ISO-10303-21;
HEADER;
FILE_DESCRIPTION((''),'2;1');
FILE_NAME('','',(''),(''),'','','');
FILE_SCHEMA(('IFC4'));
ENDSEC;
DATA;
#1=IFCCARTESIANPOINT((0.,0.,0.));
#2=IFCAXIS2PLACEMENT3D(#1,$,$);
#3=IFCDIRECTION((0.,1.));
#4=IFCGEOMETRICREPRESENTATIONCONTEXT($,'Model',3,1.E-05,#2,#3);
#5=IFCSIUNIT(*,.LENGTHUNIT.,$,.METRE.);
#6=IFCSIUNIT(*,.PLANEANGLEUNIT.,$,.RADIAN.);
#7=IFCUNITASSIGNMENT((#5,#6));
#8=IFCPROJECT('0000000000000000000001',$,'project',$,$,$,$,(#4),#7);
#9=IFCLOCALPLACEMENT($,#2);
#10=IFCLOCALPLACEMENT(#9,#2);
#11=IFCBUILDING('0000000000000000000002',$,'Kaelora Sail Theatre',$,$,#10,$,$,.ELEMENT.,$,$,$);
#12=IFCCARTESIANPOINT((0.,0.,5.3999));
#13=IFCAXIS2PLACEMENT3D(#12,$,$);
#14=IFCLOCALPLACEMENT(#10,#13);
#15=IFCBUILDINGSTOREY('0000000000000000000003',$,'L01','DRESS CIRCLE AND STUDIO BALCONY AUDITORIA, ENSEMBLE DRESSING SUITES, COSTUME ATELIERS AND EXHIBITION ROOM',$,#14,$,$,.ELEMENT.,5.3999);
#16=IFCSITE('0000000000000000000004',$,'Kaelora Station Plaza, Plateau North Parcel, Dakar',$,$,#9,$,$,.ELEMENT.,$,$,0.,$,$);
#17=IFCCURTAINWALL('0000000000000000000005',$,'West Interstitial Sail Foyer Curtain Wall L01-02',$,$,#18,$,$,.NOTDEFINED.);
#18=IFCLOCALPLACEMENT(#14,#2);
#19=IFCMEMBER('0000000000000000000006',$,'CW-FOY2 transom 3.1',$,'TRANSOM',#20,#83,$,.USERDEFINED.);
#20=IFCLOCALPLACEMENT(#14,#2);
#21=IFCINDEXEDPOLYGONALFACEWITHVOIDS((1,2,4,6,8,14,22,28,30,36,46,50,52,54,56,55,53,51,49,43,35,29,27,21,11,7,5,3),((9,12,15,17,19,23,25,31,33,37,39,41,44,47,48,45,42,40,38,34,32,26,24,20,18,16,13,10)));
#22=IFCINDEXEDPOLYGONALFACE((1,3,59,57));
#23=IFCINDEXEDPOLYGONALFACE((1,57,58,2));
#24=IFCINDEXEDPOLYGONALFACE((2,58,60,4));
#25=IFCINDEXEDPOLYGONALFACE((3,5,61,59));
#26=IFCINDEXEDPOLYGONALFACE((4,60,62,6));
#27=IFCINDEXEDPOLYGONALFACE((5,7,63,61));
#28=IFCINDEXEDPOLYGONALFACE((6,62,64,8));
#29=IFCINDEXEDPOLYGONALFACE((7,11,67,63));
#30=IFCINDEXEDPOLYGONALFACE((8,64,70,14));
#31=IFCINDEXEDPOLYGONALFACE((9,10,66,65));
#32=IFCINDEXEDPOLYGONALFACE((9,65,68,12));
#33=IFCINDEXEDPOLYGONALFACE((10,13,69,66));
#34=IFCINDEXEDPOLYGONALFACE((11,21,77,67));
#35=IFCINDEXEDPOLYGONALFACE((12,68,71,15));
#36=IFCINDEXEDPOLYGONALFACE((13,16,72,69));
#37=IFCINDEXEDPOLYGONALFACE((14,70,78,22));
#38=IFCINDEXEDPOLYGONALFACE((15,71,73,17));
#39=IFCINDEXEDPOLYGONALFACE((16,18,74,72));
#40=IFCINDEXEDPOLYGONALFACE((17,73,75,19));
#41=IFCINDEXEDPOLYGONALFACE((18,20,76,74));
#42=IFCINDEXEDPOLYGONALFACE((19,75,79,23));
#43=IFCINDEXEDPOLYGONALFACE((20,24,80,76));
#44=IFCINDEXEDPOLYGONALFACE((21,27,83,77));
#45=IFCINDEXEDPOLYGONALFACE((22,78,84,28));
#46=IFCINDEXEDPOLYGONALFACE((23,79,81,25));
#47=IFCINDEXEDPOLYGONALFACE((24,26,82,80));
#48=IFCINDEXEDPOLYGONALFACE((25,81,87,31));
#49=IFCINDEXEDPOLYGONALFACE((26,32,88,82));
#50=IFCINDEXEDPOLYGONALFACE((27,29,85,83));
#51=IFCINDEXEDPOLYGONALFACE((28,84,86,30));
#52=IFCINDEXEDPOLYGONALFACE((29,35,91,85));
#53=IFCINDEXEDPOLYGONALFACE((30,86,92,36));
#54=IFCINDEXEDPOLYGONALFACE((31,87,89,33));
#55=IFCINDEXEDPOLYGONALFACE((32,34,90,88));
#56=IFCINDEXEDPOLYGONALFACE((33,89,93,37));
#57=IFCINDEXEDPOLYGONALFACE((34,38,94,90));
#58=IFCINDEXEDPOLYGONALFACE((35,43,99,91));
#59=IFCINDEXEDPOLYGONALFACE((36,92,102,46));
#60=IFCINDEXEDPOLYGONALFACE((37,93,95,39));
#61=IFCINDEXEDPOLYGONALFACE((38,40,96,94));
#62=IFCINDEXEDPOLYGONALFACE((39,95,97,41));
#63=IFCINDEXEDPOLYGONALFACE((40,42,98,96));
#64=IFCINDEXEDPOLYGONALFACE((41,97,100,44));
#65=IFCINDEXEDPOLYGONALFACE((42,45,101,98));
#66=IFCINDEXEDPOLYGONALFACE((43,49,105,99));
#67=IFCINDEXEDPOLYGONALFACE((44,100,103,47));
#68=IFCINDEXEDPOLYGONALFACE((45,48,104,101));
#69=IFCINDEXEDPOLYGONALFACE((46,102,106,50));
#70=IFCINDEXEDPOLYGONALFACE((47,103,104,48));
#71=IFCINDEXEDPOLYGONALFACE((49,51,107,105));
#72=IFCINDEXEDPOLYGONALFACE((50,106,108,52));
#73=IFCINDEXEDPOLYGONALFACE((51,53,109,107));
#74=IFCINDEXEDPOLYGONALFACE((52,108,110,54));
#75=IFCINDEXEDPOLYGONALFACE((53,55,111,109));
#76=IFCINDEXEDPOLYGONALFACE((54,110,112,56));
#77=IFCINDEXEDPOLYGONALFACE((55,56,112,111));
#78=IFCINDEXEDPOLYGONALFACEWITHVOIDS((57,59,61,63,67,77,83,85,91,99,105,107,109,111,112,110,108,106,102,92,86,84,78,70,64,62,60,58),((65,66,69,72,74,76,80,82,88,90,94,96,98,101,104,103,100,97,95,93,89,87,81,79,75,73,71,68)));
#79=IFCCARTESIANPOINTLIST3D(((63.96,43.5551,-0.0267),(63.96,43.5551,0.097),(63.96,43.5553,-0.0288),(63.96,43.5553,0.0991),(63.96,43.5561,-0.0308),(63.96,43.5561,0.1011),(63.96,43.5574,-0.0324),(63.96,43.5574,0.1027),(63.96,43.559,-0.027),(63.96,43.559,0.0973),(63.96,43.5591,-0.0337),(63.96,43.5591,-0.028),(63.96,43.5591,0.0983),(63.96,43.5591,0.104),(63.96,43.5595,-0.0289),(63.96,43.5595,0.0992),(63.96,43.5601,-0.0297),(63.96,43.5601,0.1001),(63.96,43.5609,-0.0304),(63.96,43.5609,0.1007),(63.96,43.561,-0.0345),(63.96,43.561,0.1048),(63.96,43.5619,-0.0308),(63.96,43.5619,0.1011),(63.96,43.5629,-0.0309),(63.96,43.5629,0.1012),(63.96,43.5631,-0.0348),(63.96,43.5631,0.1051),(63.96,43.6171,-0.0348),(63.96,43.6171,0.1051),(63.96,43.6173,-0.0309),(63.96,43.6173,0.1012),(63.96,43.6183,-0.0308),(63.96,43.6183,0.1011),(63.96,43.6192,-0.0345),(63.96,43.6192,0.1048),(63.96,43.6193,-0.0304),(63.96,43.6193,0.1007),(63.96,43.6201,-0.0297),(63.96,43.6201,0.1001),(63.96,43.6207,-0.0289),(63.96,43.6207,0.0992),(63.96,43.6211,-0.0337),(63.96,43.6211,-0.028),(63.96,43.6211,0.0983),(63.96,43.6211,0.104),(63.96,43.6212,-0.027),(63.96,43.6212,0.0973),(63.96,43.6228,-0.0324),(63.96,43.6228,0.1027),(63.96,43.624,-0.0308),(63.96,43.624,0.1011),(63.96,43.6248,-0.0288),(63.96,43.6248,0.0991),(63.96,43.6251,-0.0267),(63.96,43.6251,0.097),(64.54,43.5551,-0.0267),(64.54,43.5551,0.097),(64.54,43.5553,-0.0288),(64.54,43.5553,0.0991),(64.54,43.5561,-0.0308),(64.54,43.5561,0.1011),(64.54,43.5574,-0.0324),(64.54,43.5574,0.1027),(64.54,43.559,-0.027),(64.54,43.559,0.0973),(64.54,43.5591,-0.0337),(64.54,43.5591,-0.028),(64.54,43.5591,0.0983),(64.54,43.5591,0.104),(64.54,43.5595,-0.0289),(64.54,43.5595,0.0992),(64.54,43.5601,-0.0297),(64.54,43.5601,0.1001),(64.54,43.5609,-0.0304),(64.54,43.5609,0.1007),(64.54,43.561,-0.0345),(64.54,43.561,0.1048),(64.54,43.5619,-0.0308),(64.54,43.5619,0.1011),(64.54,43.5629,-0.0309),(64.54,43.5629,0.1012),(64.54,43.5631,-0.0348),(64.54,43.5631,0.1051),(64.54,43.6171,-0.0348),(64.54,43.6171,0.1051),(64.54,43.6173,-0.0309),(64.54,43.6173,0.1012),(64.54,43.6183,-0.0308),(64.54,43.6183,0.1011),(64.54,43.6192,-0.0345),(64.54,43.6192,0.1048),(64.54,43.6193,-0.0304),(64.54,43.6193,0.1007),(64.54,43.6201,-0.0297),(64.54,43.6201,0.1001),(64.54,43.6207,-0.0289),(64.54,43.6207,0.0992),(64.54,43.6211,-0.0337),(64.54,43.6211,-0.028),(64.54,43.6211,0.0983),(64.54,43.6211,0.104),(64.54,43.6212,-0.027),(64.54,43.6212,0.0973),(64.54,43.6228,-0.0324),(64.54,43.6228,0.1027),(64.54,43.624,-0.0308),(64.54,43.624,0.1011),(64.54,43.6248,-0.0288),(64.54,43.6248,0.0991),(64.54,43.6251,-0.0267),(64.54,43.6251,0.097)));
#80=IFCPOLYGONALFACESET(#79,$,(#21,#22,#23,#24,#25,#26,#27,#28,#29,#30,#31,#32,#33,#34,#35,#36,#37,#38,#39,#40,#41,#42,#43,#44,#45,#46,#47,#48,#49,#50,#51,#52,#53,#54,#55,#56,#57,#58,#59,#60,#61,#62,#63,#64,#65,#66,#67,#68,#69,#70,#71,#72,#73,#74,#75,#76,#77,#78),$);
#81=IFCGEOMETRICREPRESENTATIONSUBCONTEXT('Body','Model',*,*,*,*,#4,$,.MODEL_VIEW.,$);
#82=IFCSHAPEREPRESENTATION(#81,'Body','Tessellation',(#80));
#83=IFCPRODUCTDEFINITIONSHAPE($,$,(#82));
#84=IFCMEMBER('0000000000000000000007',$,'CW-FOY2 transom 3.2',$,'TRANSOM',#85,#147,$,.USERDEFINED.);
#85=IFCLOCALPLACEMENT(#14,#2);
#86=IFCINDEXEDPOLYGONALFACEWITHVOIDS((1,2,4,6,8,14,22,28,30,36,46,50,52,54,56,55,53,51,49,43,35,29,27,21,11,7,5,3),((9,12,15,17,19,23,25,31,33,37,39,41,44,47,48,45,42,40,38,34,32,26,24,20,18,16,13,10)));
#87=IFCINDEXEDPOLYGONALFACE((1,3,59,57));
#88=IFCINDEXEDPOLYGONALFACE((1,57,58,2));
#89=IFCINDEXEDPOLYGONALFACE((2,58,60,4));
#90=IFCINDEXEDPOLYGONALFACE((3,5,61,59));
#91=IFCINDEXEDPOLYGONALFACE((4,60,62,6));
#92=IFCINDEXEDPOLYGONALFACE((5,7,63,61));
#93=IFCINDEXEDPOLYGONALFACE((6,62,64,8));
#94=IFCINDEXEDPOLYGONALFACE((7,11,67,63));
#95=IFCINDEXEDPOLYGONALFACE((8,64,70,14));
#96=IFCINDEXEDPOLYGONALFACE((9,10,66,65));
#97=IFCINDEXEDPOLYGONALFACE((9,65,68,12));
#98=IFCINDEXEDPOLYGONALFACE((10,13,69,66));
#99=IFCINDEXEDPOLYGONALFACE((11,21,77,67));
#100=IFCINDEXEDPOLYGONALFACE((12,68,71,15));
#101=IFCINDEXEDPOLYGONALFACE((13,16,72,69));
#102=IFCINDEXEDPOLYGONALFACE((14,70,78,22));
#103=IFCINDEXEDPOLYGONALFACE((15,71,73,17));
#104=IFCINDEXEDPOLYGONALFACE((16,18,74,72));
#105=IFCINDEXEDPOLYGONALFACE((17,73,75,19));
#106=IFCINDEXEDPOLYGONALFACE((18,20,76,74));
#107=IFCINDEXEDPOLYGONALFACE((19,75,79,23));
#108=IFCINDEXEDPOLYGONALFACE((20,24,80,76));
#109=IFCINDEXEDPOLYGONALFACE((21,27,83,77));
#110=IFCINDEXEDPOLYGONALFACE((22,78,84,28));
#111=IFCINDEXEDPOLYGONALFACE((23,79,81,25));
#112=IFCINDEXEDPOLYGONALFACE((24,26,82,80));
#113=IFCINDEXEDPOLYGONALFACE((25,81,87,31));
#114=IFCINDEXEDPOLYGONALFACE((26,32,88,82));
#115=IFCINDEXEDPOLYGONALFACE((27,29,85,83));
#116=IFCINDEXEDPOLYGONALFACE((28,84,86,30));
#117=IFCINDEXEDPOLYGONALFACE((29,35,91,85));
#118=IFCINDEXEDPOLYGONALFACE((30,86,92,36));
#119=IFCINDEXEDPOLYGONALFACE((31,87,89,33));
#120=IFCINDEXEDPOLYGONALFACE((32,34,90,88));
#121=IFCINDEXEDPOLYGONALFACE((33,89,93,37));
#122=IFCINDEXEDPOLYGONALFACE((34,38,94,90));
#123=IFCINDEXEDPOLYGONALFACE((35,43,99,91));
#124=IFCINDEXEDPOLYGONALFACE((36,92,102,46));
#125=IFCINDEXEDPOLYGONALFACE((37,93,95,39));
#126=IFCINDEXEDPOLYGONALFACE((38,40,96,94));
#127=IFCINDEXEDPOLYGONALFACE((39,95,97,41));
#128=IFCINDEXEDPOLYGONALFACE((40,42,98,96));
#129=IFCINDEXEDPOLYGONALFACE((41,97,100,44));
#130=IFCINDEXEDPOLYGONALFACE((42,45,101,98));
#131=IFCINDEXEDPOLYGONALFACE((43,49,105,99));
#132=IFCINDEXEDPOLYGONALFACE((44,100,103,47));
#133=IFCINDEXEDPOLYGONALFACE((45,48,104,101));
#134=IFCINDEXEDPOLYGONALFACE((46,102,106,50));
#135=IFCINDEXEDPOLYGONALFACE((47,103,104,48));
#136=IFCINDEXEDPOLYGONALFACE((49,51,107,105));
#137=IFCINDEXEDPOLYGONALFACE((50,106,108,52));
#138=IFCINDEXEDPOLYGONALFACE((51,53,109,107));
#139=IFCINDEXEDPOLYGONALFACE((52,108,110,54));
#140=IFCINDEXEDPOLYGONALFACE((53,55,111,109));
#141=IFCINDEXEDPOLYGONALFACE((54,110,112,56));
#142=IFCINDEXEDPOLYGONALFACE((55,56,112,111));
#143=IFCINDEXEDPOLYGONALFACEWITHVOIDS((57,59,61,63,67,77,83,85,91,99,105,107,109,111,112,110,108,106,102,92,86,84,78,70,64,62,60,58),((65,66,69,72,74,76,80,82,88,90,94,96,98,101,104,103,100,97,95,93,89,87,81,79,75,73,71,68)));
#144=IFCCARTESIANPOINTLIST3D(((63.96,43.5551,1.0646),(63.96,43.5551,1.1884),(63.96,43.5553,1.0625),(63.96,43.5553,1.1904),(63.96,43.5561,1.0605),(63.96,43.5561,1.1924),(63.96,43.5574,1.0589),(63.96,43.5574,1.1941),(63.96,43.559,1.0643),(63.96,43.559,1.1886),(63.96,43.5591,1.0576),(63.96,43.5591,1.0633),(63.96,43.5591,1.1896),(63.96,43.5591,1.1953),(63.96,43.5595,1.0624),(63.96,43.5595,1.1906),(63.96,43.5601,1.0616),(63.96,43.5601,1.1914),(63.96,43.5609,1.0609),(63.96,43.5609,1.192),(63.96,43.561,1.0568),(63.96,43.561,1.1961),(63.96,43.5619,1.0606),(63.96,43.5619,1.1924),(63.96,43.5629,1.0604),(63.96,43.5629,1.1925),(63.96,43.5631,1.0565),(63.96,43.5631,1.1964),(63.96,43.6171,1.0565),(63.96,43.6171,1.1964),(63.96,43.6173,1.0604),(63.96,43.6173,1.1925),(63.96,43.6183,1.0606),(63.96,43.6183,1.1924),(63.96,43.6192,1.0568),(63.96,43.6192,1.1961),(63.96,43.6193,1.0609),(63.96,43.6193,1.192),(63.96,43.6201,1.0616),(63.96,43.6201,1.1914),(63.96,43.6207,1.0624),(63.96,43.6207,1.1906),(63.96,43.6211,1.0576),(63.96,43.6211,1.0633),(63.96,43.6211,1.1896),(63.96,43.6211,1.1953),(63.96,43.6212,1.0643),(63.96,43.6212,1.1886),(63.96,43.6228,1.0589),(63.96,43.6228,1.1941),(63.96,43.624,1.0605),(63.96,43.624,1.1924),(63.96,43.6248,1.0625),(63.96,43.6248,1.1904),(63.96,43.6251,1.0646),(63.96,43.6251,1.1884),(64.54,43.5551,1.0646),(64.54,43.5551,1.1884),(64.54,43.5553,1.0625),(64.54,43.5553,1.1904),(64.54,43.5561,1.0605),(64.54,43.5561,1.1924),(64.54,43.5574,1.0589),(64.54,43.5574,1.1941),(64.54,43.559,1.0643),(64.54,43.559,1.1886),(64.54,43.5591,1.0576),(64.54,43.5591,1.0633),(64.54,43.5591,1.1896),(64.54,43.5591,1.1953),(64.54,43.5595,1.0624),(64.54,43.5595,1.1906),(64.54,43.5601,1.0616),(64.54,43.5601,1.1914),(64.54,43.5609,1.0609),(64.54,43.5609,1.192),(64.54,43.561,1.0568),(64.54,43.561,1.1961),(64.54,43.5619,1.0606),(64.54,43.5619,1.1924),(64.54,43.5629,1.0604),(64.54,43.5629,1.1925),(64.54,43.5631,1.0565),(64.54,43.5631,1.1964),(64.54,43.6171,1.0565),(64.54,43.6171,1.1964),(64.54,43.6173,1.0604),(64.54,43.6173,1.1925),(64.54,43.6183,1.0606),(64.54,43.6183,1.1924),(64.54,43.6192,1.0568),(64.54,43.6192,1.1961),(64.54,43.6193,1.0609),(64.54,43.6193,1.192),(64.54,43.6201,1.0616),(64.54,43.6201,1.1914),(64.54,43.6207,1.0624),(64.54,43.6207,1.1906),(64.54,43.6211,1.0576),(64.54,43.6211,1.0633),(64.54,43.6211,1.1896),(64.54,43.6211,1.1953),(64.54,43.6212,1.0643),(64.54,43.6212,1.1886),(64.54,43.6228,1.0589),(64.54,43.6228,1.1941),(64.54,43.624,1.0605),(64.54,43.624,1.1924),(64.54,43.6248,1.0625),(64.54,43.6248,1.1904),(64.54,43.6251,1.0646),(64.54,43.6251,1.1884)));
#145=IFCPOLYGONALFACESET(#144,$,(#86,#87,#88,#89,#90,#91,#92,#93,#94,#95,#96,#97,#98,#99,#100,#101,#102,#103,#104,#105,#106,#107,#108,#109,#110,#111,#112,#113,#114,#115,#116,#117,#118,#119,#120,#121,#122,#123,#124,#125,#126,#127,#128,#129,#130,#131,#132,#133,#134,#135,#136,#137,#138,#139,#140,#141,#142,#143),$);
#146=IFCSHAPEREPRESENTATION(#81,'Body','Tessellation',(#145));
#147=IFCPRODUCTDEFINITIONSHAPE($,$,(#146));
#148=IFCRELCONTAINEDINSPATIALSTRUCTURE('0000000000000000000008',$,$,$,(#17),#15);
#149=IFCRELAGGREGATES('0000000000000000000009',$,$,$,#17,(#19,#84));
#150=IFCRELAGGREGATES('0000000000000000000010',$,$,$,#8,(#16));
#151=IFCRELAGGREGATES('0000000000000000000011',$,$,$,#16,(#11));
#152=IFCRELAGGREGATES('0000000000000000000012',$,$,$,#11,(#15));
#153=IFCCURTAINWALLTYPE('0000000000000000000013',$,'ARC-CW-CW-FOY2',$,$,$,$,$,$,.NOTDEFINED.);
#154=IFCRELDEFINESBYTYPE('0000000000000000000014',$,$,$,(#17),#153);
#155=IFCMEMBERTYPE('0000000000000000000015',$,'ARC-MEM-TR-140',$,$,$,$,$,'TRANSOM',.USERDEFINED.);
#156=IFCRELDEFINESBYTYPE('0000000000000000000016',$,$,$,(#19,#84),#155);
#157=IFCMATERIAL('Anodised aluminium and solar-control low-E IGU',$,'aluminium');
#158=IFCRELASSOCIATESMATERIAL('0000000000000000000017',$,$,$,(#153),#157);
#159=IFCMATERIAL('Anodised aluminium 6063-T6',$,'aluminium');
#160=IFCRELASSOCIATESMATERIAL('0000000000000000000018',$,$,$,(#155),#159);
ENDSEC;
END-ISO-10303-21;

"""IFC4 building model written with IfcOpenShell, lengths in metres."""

from ifc_helpers import new_model, si_unit, direction, frame, origin, origin_2d, place, context, subcontext, project, spatial, hollow_rectangle, extrude, material, material_profile, profile_set, type_object, element, aggregate, save


model = new_model("IFC4")

# Units and contexts
model_context = context("Model", 3, precision=1e-05, world=origin(), true_north=direction((0.0, 1.0)))
body_context = subcontext(model_context, "Body", "Model", "MODEL_VIEW")
ifc_project = project(units=[si_unit("LENGTHUNIT", "METRE"), si_unit("PLANEANGLEUNIT", "RADIAN")], contexts=[model_context])

# Site, building, storey
site_placement = place(None, origin())
site = spatial("IfcSite", under=ifc_project, at=site_placement, Name="Kaelora Station Plaza, Plateau North Parcel, Dakar", CompositionType="ELEMENT", RefElevation=0.0)
building_placement = place(site_placement, origin())
building = spatial("IfcBuilding", under=site, at=building_placement, Name="Kaelora Sail Theatre", CompositionType="ELEMENT")
storey_placement = place(building_placement, frame((0.0, 0.0, 5.3999)))
storey = spatial("IfcBuildingStorey", under=building, at=storey_placement, Name="L01", Description="DRESS CIRCLE AND STUDIO BALCONY AUDITORIA, ENSEMBLE DRESSING SUITES, COSTUME ATELIERS AND EXHIBITION ROOM", CompositionType="ELEMENT", Elevation=5.3999)

# Shared definitions
ifc_material_1 = material(Name="Anodised aluminium and solar-control low-E IGU", Category="aluminium")
curtain_wall_type = type_object("IfcCurtainWallType", Name="ARC-CW-CW-FOY2", PredefinedType="NOTDEFINED", material=ifc_material_1)

# Curtain wall, members
curtain_wall_1_placement = place(storey_placement, origin())
curtain_wall_1 = element("IfcCurtainWall", 1, at=curtain_wall_1_placement, inside=storey, type_object=curtain_wall_type, Name="West Interstitial Sail Foyer Curtain Wall L01-02", PredefinedType="NOTDEFINED")
ifc_material_2 = material(Name="Anodised aluminium 6063-T6", Category="aluminium")
ifc_material_profile_1 = material_profile(ifc_material_2, hollow_rectangle(XDim=0.0701, YDim=0.1399, WallThickness=0.0039, InnerFilletRadius=0.0039, OuterFilletRadius=0.0081, at=origin_2d()), Name="ALU-TRAN 70x140x4")
ifc_profile_set_1 = profile_set([ifc_material_profile_1], Name="Anodised aluminium 6063-T6")
member_type_1 = type_object("IfcMemberType", Name="ARC-MEM-TR-140", ElementType="TRANSOM", PredefinedType="USERDEFINED", material=ifc_profile_set_1)
member_1_placement = place(storey_placement, frame((63.96, 43.5901, 0.0352), z_axis=(1.0, 0.0, 0.0), x_axis=(0.0, 1.0, 0.0)))
member_1 = element("IfcMember", 2, at=member_1_placement, type_object=member_type_1, Name="CW-FOY2 transom 3.1", ObjectType="TRANSOM", PredefinedType="USERDEFINED", context=body_context, shape_type="SweptSolid", body=[
    extrude(hollow_rectangle(XDim=0.0701, YDim=0.1399, WallThickness=0.0039, InnerFilletRadius=0.0039, OuterFilletRadius=0.0081, at=origin_2d()), origin(), (0.0, 0.0, 1.0), 0.5801),
])
member_2_placement = place(storey_placement, frame((63.96, 43.5901, 1.1265), z_axis=(1.0, 0.0, 0.0), x_axis=(0.0, 1.0, 0.0)))
member_2 = element("IfcMember", 3, at=member_2_placement, type_object=member_type_1, Name="CW-FOY2 transom 3.2", ObjectType="TRANSOM", PredefinedType="USERDEFINED", context=body_context, shape_type="SweptSolid", body=[
    extrude(hollow_rectangle(XDim=0.0701, YDim=0.1399, WallThickness=0.0039, InnerFilletRadius=0.0039, OuterFilletRadius=0.0081, at=origin_2d()), origin(), (0.0, 0.0, 1.0), 0.5801),
])

aggregate(curtain_wall_1, [member_1, member_2])

save(model, "model.ifc")
